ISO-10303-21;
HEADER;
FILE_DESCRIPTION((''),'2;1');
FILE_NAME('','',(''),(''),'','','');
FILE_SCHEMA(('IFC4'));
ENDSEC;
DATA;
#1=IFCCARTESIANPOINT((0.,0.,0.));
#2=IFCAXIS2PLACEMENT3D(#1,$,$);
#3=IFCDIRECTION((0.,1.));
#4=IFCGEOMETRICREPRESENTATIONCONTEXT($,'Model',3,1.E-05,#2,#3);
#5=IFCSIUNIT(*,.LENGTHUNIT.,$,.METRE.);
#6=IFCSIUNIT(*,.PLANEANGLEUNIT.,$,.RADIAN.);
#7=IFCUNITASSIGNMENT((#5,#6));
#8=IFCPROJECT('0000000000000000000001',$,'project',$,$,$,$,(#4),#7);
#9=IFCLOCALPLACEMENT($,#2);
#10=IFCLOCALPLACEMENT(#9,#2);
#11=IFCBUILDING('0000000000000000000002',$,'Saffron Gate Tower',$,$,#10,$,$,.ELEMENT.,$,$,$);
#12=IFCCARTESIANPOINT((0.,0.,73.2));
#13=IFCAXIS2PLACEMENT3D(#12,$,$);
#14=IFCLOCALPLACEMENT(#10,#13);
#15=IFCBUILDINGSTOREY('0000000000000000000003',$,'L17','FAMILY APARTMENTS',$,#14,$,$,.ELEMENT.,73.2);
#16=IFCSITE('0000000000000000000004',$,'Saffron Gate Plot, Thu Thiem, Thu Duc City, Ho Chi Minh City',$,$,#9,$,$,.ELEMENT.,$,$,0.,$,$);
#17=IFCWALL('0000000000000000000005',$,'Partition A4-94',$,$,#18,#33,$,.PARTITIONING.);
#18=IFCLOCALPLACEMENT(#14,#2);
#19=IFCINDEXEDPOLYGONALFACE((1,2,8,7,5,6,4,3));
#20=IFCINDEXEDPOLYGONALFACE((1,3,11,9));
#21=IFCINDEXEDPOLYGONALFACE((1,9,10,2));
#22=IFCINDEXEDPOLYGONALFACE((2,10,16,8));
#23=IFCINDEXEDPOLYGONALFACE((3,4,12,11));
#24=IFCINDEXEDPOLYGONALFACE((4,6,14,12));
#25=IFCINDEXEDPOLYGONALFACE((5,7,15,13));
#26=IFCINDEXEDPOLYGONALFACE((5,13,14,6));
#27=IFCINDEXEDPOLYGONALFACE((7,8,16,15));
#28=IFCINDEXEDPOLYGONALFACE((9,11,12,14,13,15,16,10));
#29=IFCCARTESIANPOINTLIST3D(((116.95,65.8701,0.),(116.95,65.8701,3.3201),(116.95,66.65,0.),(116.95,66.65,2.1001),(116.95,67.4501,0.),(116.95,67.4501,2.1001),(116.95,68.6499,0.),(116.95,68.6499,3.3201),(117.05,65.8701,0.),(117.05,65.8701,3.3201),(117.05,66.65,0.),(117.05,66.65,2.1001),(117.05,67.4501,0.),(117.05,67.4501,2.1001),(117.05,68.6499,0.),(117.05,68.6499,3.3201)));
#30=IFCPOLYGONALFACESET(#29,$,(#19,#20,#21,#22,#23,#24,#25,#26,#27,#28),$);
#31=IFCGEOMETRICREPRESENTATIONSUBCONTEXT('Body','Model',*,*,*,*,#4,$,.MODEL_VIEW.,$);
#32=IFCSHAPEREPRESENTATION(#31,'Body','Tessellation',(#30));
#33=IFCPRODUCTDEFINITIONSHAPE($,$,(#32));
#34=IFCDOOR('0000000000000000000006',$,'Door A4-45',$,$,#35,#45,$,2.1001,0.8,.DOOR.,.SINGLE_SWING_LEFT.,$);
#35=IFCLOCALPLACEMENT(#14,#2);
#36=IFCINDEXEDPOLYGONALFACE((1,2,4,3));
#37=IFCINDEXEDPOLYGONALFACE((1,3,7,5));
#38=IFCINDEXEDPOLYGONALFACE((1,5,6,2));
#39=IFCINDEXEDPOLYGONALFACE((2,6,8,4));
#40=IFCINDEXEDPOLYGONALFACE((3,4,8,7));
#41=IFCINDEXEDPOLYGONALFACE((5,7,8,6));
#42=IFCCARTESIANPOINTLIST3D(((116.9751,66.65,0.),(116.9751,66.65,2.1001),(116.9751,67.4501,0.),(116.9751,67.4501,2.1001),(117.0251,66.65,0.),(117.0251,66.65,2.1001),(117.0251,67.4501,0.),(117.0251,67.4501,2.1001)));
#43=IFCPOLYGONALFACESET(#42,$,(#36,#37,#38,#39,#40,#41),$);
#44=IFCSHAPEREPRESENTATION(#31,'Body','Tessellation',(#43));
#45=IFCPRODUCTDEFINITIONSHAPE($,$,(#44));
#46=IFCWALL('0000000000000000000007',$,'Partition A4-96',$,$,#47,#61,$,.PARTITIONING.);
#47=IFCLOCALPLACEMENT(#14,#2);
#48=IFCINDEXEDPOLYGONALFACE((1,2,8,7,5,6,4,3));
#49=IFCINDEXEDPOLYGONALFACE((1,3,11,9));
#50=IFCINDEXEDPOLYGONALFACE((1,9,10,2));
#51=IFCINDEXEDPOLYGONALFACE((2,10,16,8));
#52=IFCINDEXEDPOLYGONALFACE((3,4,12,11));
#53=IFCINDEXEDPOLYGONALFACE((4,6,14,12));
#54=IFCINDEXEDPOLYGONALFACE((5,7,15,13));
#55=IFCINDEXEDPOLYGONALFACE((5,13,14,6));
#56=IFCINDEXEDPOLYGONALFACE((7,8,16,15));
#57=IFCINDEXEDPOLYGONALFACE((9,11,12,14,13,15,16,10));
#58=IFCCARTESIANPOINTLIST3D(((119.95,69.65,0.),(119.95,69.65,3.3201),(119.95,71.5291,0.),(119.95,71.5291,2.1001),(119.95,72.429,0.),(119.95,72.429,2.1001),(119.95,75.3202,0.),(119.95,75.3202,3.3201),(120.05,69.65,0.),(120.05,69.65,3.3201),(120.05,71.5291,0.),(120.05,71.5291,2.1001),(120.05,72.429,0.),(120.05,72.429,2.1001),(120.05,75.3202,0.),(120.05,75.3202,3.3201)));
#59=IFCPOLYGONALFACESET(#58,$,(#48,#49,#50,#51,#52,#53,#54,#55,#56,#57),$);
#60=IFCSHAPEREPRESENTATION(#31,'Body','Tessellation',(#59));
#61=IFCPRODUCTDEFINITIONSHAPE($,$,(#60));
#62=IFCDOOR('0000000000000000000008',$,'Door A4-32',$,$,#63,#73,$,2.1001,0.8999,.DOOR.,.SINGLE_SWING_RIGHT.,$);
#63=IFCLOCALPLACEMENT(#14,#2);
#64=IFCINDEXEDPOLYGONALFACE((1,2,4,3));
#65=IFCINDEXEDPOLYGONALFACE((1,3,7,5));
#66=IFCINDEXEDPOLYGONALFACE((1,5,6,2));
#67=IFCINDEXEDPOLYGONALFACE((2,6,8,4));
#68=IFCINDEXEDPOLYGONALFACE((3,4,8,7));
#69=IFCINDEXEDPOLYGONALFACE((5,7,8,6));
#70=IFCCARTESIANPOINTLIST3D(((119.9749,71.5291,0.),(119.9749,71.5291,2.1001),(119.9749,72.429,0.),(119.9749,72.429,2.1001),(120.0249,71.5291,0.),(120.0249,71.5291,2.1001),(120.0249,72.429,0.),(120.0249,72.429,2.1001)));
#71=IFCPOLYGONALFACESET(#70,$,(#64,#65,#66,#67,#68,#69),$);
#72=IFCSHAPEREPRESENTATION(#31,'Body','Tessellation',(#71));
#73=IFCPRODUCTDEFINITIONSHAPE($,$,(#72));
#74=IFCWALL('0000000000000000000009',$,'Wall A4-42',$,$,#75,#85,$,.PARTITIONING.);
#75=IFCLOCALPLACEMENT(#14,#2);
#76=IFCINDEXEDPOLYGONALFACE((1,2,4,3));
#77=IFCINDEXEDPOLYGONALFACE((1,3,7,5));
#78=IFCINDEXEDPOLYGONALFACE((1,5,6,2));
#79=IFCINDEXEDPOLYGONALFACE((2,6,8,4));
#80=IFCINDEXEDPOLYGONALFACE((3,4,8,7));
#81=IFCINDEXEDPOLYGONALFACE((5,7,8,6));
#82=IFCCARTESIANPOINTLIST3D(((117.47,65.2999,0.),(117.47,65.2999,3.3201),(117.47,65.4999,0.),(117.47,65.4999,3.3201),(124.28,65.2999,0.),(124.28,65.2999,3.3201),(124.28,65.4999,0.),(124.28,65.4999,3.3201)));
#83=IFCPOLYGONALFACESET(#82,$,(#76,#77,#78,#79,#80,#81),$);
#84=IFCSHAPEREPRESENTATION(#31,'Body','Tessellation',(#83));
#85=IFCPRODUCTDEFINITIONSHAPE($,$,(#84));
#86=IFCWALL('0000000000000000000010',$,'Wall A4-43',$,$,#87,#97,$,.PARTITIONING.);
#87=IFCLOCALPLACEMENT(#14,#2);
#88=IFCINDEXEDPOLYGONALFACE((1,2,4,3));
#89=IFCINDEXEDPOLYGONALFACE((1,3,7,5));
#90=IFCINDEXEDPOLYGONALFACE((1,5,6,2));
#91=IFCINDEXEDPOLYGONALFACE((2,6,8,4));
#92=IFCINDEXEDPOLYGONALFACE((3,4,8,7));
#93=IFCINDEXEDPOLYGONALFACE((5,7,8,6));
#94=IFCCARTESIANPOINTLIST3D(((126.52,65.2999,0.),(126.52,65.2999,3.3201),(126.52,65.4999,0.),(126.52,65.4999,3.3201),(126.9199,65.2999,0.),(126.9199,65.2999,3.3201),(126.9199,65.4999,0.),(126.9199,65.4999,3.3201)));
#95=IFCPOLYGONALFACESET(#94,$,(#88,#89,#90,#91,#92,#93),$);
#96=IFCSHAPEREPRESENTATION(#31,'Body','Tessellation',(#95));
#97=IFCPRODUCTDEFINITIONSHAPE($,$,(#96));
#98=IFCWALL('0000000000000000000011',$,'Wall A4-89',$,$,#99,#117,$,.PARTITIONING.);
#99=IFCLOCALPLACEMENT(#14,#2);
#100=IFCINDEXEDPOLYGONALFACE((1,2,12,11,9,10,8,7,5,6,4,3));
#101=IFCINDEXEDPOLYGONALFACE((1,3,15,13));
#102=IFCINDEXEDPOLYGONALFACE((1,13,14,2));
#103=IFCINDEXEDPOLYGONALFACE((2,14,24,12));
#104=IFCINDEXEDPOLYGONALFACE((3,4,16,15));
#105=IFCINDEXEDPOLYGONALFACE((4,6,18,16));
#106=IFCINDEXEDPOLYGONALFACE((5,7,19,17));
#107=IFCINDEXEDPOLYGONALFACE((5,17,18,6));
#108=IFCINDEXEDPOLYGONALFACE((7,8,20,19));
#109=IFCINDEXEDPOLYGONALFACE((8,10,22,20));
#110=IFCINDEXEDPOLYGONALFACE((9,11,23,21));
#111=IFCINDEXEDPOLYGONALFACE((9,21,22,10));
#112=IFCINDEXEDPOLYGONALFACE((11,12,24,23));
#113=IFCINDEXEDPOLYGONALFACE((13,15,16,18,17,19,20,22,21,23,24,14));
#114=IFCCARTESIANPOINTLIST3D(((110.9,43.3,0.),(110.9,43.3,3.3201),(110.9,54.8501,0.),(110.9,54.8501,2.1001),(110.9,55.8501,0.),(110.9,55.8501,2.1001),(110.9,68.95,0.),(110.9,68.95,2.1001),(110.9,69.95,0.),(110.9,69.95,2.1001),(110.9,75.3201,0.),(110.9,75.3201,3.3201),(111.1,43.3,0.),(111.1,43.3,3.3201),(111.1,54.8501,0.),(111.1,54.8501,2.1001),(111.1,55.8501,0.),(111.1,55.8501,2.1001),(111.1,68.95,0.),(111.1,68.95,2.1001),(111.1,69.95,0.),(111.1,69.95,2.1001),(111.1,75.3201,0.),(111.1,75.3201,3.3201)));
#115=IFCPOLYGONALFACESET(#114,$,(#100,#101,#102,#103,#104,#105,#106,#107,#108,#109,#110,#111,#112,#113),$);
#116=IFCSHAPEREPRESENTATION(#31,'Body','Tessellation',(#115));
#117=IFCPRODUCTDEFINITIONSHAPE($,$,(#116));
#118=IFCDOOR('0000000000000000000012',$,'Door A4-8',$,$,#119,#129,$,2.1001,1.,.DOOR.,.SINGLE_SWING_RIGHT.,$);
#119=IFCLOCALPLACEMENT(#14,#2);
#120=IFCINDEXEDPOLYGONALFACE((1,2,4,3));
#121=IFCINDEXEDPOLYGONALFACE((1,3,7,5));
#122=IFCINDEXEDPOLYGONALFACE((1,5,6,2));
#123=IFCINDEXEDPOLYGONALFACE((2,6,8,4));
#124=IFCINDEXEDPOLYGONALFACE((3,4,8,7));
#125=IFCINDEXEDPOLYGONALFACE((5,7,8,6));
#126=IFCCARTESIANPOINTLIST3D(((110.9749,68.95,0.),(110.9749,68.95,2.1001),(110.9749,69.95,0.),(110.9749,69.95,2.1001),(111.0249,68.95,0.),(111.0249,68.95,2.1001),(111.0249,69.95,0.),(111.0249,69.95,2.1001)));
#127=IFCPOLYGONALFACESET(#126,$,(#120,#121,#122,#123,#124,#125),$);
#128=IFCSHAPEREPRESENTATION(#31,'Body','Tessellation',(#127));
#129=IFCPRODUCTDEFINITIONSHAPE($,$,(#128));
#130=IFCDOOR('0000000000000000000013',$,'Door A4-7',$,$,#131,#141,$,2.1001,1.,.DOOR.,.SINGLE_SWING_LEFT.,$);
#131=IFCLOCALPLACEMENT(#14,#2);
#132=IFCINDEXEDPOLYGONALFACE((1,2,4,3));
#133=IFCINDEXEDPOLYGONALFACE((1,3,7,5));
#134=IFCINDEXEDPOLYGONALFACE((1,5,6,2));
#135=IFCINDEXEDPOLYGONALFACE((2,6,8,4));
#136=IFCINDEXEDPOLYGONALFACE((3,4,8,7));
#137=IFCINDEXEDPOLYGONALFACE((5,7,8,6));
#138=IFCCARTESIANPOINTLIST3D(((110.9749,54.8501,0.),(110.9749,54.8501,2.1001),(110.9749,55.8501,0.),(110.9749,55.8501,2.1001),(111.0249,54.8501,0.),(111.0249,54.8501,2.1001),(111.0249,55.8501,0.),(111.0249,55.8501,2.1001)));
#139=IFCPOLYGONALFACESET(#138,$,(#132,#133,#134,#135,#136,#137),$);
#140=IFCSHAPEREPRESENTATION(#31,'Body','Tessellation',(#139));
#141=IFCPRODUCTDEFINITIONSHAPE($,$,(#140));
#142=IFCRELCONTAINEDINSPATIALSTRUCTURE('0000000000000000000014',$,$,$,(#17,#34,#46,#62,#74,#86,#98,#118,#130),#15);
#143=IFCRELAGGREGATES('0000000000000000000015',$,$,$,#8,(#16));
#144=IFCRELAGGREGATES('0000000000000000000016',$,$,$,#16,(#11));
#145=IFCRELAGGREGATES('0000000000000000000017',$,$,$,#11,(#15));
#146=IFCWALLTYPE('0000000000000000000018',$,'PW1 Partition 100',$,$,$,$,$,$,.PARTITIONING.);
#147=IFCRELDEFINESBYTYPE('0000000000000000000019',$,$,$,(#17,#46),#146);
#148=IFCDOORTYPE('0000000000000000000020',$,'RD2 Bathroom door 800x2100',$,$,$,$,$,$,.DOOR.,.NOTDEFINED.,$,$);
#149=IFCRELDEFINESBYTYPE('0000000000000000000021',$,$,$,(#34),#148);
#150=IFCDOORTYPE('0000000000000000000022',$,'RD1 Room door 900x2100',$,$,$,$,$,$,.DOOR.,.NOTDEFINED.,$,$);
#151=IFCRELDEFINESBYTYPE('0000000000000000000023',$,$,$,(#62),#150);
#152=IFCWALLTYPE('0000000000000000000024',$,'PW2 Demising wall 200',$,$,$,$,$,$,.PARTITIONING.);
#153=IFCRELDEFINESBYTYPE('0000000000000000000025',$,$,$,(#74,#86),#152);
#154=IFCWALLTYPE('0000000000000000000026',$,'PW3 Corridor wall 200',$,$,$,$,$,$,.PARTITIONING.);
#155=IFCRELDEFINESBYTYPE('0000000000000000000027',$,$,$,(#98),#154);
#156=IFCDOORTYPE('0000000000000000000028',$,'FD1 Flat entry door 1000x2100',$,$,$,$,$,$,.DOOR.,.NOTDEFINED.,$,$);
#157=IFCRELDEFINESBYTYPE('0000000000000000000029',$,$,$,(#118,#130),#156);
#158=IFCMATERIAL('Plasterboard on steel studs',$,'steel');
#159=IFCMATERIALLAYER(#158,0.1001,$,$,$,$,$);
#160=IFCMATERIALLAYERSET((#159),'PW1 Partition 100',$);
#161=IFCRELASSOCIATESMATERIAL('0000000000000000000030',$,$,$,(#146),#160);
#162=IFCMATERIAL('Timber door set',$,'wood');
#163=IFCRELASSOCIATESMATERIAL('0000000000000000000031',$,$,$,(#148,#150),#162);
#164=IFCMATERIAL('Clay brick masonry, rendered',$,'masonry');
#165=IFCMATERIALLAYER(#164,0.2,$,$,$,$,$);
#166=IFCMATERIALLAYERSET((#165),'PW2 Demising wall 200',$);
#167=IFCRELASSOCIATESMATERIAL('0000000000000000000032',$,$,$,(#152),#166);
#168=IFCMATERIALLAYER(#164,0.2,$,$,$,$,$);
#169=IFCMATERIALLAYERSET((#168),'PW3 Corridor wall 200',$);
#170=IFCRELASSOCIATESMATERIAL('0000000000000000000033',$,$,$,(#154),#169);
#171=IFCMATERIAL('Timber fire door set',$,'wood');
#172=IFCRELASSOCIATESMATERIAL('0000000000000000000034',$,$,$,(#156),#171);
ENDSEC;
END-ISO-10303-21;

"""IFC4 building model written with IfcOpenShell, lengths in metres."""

from ifc_helpers import new_model, si_unit, direction, frame, frame_2d, origin, place, context, subcontext, project, spatial, rectangle, extrude, material, layer, layer_set, type_object, element, fill, save


model = new_model("IFC4")

# Units and contexts
model_context = context("Model", 3, precision=1e-05, world=origin(), true_north=direction((0.0, 1.0)))
body_context = subcontext(model_context, "Body", "Model", "MODEL_VIEW")
ifc_project = project(units=[si_unit("LENGTHUNIT", "METRE"), si_unit("PLANEANGLEUNIT", "RADIAN")], contexts=[model_context])

# Site, building, storey
site_placement = place(None, origin())
site = spatial("IfcSite", under=ifc_project, at=site_placement, Name="Saffron Gate Plot, Thu Thiem, Thu Duc City, Ho Chi Minh City", CompositionType="ELEMENT", RefElevation=0.0)
building_placement = place(site_placement, origin())
building = spatial("IfcBuilding", under=site, at=building_placement, Name="Saffron Gate Tower", CompositionType="ELEMENT")
storey_placement = place(building_placement, frame((0.0, 0.0, 73.2)))
storey = spatial("IfcBuildingStorey", under=building, at=storey_placement, Name="L17", Description="FAMILY APARTMENTS", CompositionType="ELEMENT", Elevation=73.2)

# Shared definitions
ifc_material_1 = material(Name="Plasterboard on steel studs", Category="steel")
ifc_layer_1 = layer(ifc_material_1, 0.1001)
ifc_layer_set_1 = layer_set([ifc_layer_1], Name="PW1 Partition 100")
wall_type_1 = type_object("IfcWallType", Name="PW1 Partition 100", PredefinedType="PARTITIONING", material=ifc_layer_set_1)

# Walls, openings, doors
wall_1_placement = place(storey_placement, frame((117.0, 65.8701, 0.0), z_axis=(0.0, 0.0, 1.0), x_axis=(0.0, 1.0, 0.0)))
wall_1 = element("IfcWall", 1, at=wall_1_placement, inside=storey, type_object=wall_type_1, Name="Partition A4-94", PredefinedType="PARTITIONING", context=body_context, shape_type="SweptSolid", body=[
    extrude(rectangle(XDim=2.7798, YDim=0.1001, at=frame_2d((1.3899, 0.0))), origin(), (0.0, 0.0, 1.0), 3.3201),
])
opening_1_placement = place(wall_1_placement, frame((0.78, 0.0, 0.0)))
opening_1 = element("IfcOpeningElement", 2, at=opening_1_placement, cuts=wall_1, PredefinedType="OPENING", context=body_context, shape_type="SweptSolid", body=[
    extrude(rectangle(XDim=0.8, YDim=2.1001, at=frame_2d((0.3999, 1.05))), frame((0.0, 0.0601, 0.0), z_axis=(0.0, -1.0, 0.0), x_axis=(1.0, 0.0, 0.0)), (0.0, 0.0, 1.0), 0.1201),
])
ifc_material_2 = material(Name="Timber door set", Category="wood")
door_type_1 = type_object("IfcDoorType", Name="RD2 Bathroom door 800x2100", OperationType="NOTDEFINED", PredefinedType="DOOR", material=ifc_material_2)
door_1_placement = place(opening_1_placement, origin())
door_1 = element("IfcDoor", 3, at=door_1_placement, inside=storey, type_object=door_type_1, Name="Door A4-45", OperationType="SINGLE_SWING_LEFT", OverallHeight=2.1001, OverallWidth=0.8, PredefinedType="DOOR", context=body_context, shape_type="SweptSolid", body=[
    extrude(rectangle(XDim=0.8, YDim=2.1001, at=frame_2d((0.3999, 1.05))), frame((0.0, 0.0249, 0.0), z_axis=(0.0, -1.0, 0.0), x_axis=(1.0, 0.0, 0.0)), (0.0, 0.0, 1.0), 0.05),
])
fill(opening_1, door_1)
wall_2_placement = place(storey_placement, frame((120.0, 75.3201, 0.0), z_axis=(0.0, 0.0, 1.0), x_axis=(0.0, -1.0, 0.0)))
wall_2 = element("IfcWall", 4, at=wall_2_placement, inside=storey, type_object=wall_type_1, Name="Partition A4-96", PredefinedType="PARTITIONING", context=body_context, shape_type="SweptSolid", body=[
    extrude(rectangle(XDim=5.6702, YDim=0.1001, at=frame_2d((2.835, 0.0))), origin(), (0.0, 0.0, 1.0), 3.3201),
])
opening_2_placement = place(wall_2_placement, frame((2.8911, 0.0, 0.0)))
opening_2 = element("IfcOpeningElement", 5, at=opening_2_placement, cuts=wall_2, PredefinedType="OPENING", context=body_context, shape_type="SweptSolid", body=[
    extrude(rectangle(XDim=0.8999, YDim=2.1001, at=frame_2d((0.45, 1.05))), frame((0.0, 0.0601, 0.0), z_axis=(0.0, -1.0, 0.0), x_axis=(1.0, 0.0, 0.0)), (0.0, 0.0, 1.0), 0.1201),
])
door_type_2 = type_object("IfcDoorType", Name="RD1 Room door 900x2100", OperationType="NOTDEFINED", PredefinedType="DOOR", material=ifc_material_2)
door_2_placement = place(opening_2_placement, origin())
door_2 = element("IfcDoor", 6, at=door_2_placement, inside=storey, type_object=door_type_2, Name="Door A4-32", OperationType="SINGLE_SWING_RIGHT", OverallHeight=2.1001, OverallWidth=0.8999, PredefinedType="DOOR", context=body_context, shape_type="SweptSolid", body=[
    extrude(rectangle(XDim=0.8999, YDim=2.1001, at=frame_2d((0.45, 1.05))), frame((0.0, 0.0249, 0.0), z_axis=(0.0, -1.0, 0.0), x_axis=(1.0, 0.0, 0.0)), (0.0, 0.0, 1.0), 0.05),
])
fill(opening_2, door_2)

# Walls
ifc_material_3 = material(Name="Clay brick masonry, rendered", Category="masonry")
ifc_layer_2 = layer(ifc_material_3, 0.2)
ifc_layer_set_2 = layer_set([ifc_layer_2], Name="PW2 Demising wall 200")
wall_type_2 = type_object("IfcWallType", Name="PW2 Demising wall 200", PredefinedType="PARTITIONING", material=ifc_layer_set_2)
wall_3_placement = place(storey_placement, frame((117.47, 65.3999, 0.0), z_axis=(0.0, 0.0, 1.0), x_axis=(1.0, 0.0, 0.0)))
element("IfcWall", 7, at=wall_3_placement, inside=storey, type_object=wall_type_2, Name="Wall A4-42", PredefinedType="PARTITIONING", context=body_context, shape_type="SweptSolid", body=[
    extrude(rectangle(XDim=6.8101, YDim=0.2, at=frame_2d((3.405, 0.0))), origin(), (0.0, 0.0, 1.0), 3.3201),
])
wall_4_placement = place(storey_placement, frame((126.52, 65.3999, 0.0), z_axis=(0.0, 0.0, 1.0), x_axis=(1.0, 0.0, 0.0)))
element("IfcWall", 8, at=wall_4_placement, inside=storey, type_object=wall_type_2, Name="Wall A4-43", PredefinedType="PARTITIONING", context=body_context, shape_type="SweptSolid", body=[
    extrude(rectangle(XDim=0.3999, YDim=0.2, at=frame_2d((0.2, 0.0))), origin(), (0.0, 0.0, 1.0), 3.3201),
])

# Wall, openings, doors
ifc_layer_3 = layer(ifc_material_3, 0.2)
ifc_layer_set_3 = layer_set([ifc_layer_3], Name="PW3 Corridor wall 200")
wall_type_3 = type_object("IfcWallType", Name="PW3 Corridor wall 200", PredefinedType="PARTITIONING", material=ifc_layer_set_3)
wall_5_placement = place(storey_placement, frame((111.0, 75.3201, 0.0), z_axis=(0.0, 0.0, 1.0), x_axis=(0.0, -1.0, 0.0)))
wall_5 = element("IfcWall", 9, at=wall_5_placement, inside=storey, type_object=wall_type_3, Name="Wall A4-89", PredefinedType="PARTITIONING", context=body_context, shape_type="SweptSolid", body=[
    extrude(rectangle(XDim=32.02, YDim=0.2, at=frame_2d((16.01, 0.0))), origin(), (0.0, 0.0, 1.0), 3.3201),
])
opening_3_placement = place(wall_5_placement, frame((5.3701, 0.0, 0.0)))
opening_3 = element("IfcOpeningElement", 10, at=opening_3_placement, cuts=wall_5, PredefinedType="OPENING", context=body_context, shape_type="SweptSolid", body=[
    extrude(rectangle(XDim=1.0, YDim=2.1001, at=frame_2d((0.5, 1.05))), frame((0.0, 0.1099, 0.0), z_axis=(0.0, -1.0, 0.0), x_axis=(1.0, 0.0, 0.0)), (0.0, 0.0, 1.0), 0.22),
])
opening_4_placement = place(wall_5_placement, frame((19.47, 0.0, 0.0)))
opening_4 = element("IfcOpeningElement", 11, at=opening_4_placement, cuts=wall_5, PredefinedType="OPENING", context=body_context, shape_type="SweptSolid", body=[
    extrude(rectangle(XDim=1.0, YDim=2.1001, at=frame_2d((0.5, 1.05))), frame((0.0, 0.1099, 0.0), z_axis=(0.0, -1.0, 0.0), x_axis=(1.0, 0.0, 0.0)), (0.0, 0.0, 1.0), 0.22),
])
ifc_material_4 = material(Name="Timber fire door set", Category="wood")
door_type_3 = type_object("IfcDoorType", Name="FD1 Flat entry door 1000x2100", OperationType="NOTDEFINED", PredefinedType="DOOR", material=ifc_material_4)
door_3_placement = place(opening_3_placement, origin())
door_3 = element("IfcDoor", 12, at=door_3_placement, inside=storey, type_object=door_type_3, Name="Door A4-8", OperationType="SINGLE_SWING_RIGHT", OverallHeight=2.1001, OverallWidth=1.0, PredefinedType="DOOR", context=body_context, shape_type="SweptSolid", body=[
    extrude(rectangle(XDim=1.0, YDim=2.1001, at=frame_2d((0.5, 1.05))), frame((0.0, 0.0249, 0.0), z_axis=(0.0, -1.0, 0.0), x_axis=(1.0, 0.0, 0.0)), (0.0, 0.0, 1.0), 0.05),
])
fill(opening_3, door_3)
door_4_placement = place(opening_4_placement, origin())
door_4 = element("IfcDoor", 13, at=door_4_placement, inside=storey, type_object=door_type_3, Name="Door A4-7", OperationType="SINGLE_SWING_LEFT", OverallHeight=2.1001, OverallWidth=1.0, PredefinedType="DOOR", context=body_context, shape_type="SweptSolid", body=[
    extrude(rectangle(XDim=1.0, YDim=2.1001, at=frame_2d((0.5, 1.05))), frame((0.0, 0.0249, 0.0), z_axis=(0.0, -1.0, 0.0), x_axis=(1.0, 0.0, 0.0)), (0.0, 0.0, 1.0), 0.05),
])
fill(opening_4, door_4)

save(model, "model.ifc")
